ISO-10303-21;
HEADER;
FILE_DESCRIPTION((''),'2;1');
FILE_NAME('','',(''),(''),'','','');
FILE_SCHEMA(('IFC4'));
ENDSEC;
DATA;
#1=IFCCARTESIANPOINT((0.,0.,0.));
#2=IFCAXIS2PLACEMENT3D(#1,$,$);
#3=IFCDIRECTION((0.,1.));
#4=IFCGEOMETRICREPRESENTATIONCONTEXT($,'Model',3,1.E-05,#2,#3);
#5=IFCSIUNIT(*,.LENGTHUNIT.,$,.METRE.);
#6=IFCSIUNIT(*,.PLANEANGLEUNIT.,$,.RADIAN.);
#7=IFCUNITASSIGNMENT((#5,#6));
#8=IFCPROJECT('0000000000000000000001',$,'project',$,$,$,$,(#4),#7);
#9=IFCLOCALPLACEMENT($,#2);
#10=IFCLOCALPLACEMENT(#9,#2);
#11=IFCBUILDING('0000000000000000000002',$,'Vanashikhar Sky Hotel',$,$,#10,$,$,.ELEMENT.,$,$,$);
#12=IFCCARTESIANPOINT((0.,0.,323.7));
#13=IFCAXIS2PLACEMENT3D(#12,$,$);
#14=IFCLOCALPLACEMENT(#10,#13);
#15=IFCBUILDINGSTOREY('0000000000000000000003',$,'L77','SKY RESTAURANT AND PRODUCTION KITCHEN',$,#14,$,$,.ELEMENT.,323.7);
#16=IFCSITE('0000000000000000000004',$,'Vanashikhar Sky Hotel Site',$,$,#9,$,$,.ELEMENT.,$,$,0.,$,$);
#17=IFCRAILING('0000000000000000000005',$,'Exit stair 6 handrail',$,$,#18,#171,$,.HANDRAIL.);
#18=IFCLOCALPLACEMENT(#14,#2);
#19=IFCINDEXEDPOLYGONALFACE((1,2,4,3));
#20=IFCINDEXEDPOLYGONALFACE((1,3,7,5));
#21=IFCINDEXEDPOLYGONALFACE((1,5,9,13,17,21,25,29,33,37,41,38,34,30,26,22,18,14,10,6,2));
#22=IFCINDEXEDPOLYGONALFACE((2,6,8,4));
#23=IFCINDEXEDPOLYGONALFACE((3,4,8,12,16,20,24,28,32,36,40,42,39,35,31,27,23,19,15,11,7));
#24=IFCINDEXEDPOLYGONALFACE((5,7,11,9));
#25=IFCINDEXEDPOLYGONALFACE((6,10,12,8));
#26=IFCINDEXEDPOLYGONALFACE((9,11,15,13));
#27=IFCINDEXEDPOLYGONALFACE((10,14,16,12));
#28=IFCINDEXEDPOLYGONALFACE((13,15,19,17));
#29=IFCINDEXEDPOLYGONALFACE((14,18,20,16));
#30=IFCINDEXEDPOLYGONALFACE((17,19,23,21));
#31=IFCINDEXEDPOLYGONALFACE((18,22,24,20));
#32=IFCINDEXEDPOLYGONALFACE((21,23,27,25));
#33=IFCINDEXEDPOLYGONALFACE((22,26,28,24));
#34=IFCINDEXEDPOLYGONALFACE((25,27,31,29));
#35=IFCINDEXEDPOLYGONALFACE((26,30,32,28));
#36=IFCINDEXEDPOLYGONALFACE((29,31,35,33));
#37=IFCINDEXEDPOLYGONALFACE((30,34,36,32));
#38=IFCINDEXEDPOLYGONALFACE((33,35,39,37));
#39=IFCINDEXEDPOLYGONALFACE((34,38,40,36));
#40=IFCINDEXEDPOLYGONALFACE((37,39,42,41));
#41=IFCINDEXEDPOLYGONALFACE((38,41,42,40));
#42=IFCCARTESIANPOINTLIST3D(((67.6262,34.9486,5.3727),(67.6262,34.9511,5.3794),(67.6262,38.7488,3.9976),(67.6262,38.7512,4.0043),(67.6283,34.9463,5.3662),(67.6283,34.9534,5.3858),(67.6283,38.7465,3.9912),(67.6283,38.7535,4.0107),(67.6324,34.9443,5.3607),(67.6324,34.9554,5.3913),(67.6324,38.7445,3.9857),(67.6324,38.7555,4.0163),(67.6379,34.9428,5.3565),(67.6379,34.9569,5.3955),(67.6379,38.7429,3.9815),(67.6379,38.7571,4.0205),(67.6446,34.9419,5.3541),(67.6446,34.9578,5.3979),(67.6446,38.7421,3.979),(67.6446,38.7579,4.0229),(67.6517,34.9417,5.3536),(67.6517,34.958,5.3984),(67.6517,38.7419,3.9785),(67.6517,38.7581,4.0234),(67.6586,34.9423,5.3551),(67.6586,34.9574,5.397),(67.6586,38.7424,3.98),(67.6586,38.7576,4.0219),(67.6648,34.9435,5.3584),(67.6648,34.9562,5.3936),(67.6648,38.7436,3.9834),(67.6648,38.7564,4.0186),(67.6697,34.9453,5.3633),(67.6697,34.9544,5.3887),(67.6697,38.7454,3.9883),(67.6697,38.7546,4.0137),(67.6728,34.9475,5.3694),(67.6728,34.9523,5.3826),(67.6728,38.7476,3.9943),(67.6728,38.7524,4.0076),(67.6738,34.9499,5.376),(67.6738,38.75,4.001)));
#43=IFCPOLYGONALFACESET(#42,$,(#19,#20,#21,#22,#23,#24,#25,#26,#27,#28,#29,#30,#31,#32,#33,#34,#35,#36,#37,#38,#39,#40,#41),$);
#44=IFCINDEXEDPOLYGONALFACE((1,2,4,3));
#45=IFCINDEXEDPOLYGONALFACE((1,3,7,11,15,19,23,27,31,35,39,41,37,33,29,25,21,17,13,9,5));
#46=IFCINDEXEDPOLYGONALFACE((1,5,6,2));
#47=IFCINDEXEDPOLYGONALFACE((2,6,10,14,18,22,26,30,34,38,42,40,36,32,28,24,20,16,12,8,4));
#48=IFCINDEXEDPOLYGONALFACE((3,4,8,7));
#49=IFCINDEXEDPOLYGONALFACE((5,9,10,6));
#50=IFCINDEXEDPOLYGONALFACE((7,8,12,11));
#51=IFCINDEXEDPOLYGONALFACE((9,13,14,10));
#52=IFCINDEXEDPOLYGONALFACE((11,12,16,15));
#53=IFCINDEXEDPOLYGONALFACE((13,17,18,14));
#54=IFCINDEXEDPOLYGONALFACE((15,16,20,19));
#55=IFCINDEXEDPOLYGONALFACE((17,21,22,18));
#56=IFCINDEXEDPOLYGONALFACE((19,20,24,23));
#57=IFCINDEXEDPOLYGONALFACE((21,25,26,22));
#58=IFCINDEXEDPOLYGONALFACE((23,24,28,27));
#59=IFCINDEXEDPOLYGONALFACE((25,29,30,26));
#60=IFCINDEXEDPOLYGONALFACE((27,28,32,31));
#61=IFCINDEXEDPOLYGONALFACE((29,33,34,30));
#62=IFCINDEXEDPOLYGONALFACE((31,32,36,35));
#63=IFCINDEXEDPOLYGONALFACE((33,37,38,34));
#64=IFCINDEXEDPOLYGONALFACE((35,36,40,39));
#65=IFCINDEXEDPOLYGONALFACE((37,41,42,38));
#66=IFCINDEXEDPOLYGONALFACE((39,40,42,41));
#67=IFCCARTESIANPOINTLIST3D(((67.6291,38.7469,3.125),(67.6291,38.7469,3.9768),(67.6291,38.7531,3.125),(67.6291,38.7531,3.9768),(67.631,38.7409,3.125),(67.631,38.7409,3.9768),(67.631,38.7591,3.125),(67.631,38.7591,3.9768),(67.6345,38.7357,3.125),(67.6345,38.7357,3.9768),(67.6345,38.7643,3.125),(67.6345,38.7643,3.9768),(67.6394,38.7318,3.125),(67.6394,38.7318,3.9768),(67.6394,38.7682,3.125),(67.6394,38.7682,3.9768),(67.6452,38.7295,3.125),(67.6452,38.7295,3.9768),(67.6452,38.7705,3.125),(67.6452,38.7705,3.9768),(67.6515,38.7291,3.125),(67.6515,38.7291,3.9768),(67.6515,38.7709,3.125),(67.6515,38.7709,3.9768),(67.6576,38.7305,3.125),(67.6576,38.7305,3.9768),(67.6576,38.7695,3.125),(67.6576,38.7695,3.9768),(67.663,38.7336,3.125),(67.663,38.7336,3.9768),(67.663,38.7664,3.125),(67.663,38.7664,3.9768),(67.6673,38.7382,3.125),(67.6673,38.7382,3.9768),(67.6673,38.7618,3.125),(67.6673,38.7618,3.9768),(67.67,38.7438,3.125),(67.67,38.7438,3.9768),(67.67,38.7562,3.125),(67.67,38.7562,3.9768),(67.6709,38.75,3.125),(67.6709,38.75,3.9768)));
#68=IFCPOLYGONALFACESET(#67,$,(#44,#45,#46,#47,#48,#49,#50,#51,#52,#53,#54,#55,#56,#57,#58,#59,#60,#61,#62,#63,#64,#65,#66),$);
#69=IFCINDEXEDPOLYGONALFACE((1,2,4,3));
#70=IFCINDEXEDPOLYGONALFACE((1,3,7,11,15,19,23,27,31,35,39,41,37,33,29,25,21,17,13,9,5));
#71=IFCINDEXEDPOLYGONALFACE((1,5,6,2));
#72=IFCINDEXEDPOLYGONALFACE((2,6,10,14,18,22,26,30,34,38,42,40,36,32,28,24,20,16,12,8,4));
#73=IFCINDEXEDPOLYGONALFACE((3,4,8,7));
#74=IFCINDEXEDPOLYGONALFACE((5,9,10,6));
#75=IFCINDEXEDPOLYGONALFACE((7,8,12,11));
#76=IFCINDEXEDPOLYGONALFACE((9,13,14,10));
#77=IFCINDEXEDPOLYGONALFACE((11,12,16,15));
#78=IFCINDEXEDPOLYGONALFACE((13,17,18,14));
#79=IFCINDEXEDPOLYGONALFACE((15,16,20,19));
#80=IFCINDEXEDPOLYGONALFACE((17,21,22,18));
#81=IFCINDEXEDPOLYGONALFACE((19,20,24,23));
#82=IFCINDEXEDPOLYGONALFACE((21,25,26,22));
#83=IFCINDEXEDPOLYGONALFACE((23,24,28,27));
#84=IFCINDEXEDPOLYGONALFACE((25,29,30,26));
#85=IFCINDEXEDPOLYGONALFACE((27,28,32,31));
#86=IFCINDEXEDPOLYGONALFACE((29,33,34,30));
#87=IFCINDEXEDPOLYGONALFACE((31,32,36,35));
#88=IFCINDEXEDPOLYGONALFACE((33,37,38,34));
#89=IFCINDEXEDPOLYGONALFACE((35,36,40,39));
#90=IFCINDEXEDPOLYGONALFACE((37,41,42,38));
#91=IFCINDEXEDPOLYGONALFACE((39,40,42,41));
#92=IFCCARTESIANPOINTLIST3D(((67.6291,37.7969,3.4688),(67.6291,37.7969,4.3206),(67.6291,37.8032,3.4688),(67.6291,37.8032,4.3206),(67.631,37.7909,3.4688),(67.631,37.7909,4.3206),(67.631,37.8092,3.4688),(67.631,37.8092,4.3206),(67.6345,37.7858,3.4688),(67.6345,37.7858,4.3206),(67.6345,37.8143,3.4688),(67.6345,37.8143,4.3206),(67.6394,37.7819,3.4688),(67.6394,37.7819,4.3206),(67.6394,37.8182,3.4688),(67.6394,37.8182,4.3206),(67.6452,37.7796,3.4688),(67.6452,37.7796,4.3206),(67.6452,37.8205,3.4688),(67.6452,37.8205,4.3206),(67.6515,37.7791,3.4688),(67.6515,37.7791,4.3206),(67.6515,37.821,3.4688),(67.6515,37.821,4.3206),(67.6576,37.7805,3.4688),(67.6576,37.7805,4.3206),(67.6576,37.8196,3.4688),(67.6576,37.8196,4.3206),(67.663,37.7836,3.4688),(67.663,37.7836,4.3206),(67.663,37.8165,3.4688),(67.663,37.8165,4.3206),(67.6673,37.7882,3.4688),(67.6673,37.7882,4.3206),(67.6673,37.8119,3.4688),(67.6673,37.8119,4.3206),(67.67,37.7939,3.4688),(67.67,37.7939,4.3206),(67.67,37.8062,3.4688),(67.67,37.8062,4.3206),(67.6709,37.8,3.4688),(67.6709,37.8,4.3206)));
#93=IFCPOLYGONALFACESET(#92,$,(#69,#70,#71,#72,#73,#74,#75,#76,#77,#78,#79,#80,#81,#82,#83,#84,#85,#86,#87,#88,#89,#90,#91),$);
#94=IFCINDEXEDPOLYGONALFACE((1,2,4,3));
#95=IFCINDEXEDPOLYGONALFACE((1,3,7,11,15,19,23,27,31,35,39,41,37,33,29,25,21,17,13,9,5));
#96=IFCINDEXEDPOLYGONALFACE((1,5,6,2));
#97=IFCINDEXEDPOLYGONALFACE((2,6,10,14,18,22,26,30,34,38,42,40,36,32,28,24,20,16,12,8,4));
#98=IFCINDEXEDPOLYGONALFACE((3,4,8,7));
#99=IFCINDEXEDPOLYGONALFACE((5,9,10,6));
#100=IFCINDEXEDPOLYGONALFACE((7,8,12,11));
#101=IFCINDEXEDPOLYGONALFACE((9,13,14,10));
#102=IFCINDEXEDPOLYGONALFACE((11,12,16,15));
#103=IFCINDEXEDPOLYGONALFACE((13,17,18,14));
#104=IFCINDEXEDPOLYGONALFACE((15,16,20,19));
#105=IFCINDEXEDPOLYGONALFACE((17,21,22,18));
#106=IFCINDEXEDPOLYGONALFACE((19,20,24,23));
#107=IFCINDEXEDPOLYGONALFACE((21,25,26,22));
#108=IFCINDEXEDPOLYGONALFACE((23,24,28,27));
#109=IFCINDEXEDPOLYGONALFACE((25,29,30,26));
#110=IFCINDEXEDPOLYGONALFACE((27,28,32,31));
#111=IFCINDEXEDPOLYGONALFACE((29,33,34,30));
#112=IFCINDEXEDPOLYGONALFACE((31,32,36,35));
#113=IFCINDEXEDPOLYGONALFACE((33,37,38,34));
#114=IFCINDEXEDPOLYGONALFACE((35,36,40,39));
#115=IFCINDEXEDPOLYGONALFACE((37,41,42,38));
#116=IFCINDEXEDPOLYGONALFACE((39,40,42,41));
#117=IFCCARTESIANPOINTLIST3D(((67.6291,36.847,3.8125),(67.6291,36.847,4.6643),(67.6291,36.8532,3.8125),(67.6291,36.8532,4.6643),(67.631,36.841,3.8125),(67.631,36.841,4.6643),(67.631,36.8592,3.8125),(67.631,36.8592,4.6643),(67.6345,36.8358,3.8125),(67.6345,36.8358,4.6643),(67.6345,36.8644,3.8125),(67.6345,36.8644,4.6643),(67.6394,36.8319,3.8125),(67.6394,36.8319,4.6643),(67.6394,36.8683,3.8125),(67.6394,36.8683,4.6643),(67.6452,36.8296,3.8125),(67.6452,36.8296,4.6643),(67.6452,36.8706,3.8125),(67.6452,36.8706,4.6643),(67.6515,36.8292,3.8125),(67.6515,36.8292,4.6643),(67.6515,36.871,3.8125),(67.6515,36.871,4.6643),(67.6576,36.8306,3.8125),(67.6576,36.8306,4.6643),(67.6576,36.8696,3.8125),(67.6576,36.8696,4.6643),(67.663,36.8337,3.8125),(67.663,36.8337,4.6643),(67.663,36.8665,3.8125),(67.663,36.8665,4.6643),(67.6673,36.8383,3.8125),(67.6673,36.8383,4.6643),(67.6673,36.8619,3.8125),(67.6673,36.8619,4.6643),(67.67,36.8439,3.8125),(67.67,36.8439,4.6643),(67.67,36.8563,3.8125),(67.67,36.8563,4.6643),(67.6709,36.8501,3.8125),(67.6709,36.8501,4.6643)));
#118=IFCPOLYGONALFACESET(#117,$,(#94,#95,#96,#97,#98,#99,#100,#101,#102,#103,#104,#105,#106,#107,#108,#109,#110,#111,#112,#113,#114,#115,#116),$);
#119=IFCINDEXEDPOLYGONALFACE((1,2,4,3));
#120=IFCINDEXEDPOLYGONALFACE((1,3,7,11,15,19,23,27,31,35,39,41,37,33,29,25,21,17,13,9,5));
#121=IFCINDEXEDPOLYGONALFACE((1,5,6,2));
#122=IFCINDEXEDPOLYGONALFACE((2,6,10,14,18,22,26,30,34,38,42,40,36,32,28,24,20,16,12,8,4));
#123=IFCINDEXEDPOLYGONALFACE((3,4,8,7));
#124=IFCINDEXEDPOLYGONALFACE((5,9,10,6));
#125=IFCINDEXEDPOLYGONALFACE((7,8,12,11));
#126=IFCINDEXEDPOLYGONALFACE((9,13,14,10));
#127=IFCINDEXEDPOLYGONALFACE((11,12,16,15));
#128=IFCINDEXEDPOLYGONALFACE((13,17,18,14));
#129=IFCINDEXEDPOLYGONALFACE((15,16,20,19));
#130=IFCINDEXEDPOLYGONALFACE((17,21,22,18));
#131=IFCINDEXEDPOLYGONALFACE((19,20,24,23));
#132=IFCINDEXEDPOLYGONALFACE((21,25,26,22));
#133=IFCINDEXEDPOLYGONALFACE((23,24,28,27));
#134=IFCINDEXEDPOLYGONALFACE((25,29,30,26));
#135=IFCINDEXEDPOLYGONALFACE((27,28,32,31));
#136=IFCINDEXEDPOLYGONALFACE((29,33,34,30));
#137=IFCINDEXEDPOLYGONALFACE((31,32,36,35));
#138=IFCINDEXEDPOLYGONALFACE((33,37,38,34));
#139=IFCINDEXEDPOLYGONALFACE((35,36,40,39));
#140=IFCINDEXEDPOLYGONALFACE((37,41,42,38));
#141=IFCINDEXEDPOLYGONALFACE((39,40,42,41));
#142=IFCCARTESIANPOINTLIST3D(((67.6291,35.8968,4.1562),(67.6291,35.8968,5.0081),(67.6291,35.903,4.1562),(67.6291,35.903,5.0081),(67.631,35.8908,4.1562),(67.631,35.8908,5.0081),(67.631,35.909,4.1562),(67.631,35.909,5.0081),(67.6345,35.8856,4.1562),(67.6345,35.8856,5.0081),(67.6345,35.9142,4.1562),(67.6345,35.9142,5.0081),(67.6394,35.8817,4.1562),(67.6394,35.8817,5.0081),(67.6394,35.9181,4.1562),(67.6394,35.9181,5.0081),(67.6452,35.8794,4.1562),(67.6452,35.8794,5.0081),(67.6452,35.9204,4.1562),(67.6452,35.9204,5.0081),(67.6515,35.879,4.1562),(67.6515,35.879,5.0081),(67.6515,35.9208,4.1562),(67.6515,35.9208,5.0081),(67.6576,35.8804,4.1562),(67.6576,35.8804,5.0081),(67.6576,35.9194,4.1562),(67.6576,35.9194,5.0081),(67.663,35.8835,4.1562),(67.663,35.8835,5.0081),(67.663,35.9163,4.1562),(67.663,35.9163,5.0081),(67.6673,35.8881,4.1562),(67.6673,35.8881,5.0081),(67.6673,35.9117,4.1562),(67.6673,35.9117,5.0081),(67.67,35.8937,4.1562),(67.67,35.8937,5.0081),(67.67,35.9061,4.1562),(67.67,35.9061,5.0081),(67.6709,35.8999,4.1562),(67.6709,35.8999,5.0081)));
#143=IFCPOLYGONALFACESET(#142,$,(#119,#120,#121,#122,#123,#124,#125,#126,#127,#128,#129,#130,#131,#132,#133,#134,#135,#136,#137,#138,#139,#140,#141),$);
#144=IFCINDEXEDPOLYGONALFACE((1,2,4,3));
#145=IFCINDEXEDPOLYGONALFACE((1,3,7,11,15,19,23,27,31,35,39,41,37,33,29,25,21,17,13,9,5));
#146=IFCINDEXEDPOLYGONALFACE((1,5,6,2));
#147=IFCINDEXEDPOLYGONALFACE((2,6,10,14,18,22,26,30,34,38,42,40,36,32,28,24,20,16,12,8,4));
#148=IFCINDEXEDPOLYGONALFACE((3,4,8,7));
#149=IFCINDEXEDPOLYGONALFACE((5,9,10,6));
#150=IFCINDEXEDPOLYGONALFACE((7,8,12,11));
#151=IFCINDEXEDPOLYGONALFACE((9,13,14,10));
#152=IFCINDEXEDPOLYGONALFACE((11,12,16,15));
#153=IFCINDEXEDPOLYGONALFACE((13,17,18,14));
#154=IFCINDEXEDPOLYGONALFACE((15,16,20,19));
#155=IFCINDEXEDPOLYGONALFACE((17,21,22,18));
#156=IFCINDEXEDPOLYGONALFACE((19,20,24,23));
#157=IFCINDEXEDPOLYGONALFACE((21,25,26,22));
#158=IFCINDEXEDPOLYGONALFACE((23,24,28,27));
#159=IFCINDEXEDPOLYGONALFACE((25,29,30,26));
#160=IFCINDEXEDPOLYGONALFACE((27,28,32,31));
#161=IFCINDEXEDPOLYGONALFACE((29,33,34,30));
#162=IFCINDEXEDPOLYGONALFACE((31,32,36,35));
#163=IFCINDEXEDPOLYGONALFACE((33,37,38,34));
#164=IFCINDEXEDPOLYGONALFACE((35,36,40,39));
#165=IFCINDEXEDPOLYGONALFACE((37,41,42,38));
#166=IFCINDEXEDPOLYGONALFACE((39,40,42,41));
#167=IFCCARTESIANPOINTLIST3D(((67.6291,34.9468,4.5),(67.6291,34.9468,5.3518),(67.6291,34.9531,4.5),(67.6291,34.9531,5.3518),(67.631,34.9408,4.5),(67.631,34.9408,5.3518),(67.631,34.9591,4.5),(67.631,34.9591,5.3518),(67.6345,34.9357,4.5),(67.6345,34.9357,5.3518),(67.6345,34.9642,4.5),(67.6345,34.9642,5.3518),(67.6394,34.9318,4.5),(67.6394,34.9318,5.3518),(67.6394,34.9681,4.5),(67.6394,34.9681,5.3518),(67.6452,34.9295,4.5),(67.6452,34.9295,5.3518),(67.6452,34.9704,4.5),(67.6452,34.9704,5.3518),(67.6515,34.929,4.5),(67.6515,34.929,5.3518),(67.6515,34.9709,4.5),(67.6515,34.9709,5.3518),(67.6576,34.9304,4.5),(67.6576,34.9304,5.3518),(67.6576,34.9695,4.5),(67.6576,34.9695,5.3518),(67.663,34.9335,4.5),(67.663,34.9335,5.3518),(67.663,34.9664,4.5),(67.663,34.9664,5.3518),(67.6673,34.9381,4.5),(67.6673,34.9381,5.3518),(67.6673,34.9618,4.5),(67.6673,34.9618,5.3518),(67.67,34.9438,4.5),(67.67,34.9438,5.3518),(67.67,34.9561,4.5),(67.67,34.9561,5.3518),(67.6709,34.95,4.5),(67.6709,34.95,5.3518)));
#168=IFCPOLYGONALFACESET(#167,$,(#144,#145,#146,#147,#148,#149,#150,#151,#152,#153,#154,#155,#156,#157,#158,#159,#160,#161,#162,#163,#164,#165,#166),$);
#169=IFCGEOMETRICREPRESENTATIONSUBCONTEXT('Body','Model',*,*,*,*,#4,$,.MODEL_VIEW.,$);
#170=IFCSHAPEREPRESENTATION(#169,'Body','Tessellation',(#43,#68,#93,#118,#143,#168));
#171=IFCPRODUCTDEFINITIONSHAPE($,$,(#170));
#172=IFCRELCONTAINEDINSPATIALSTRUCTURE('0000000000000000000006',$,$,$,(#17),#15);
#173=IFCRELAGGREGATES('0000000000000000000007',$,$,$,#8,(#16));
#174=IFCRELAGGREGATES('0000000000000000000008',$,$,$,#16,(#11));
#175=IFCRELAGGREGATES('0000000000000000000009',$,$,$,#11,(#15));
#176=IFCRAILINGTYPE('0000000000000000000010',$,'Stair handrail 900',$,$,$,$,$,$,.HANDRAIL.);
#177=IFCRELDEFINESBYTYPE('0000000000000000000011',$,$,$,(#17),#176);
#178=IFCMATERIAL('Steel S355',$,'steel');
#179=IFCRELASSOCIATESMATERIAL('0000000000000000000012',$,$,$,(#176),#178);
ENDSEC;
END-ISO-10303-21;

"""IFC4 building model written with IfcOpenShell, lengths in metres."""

from ifc_helpers import new_model, si_unit, direction, frame, origin, origin_2d, place, context, subcontext, project, spatial, circle, extrude, source, transform, mapped, material, type_object, element, save


model = new_model("IFC4")

# Units and contexts
model_context = context("Model", 3, precision=1e-05, world=origin(), true_north=direction((0.0, 1.0)))
body_context = subcontext(model_context, "Body", "Model", "MODEL_VIEW")
ifc_project = project(units=[si_unit("LENGTHUNIT", "METRE"), si_unit("PLANEANGLEUNIT", "RADIAN")], contexts=[model_context])

# Site, building, storey
site_placement = place(None, origin())
site = spatial("IfcSite", under=ifc_project, at=site_placement, Name="Vanashikhar Sky Hotel Site", CompositionType="ELEMENT", RefElevation=0.0)
building_placement = place(site_placement, origin())
building = spatial("IfcBuilding", under=site, at=building_placement, Name="Vanashikhar Sky Hotel", CompositionType="ELEMENT")
storey_placement = place(building_placement, frame((0.0, 0.0, 323.7)))
storey = spatial("IfcBuildingStorey", under=building, at=storey_placement, Name="L77", Description="SKY RESTAURANT AND PRODUCTION KITCHEN", CompositionType="ELEMENT", Elevation=323.7)

# Railing
ifc_material_1 = material(Name="Steel S355", Category="steel")
railing_type_1 = type_object("IfcRailingType", Name="Stair handrail 900", PredefinedType="HANDRAIL", material=ifc_material_1)
shared_shape_1 = source(origin(), body_context, "Body", "SweptSolid", [
    extrude(circle(Radius=0.0239, at=origin_2d()), frame((0.0, 0.0, 0.876), z_axis=(0.0, -0.940336, 0.340249), x_axis=(1.0, 0.0, 0.0)), (0.0, 0.0, 1.0), 4.0413),
    extrude(circle(Radius=0.021, at=origin_2d()), origin(), (0.0, 0.0, 1.0), 0.8518),
    extrude(circle(Radius=0.021, at=origin_2d()), frame((0.0, -0.95, 0.3438)), (0.0, 0.0, 1.0), 0.8518),
    extrude(circle(Radius=0.021, at=origin_2d()), frame((0.0, -1.8999, 0.6875)), (0.0, 0.0, 1.0), 0.8518),
    extrude(circle(Radius=0.021, at=origin_2d()), frame((0.0, -2.8501, 1.0312)), (0.0, 0.0, 1.0), 0.8518),
    extrude(circle(Radius=0.021, at=origin_2d()), frame((0.0, -3.8, 1.375)), (0.0, 0.0, 1.0), 0.8518),
])
railing_1_placement = place(storey_placement, frame((67.6499, 38.75, 3.125)))
element("IfcRailing", 1, at=railing_1_placement, inside=storey, type_object=railing_type_1, Name="Exit stair 6 handrail", PredefinedType="HANDRAIL", context=body_context, shape_type="MappedRepresentation", body=[
    mapped(shared_shape_1, transform((0.0, 0.0, 0.0), scale=1.0)),
])

save(model, "model.ifc")
